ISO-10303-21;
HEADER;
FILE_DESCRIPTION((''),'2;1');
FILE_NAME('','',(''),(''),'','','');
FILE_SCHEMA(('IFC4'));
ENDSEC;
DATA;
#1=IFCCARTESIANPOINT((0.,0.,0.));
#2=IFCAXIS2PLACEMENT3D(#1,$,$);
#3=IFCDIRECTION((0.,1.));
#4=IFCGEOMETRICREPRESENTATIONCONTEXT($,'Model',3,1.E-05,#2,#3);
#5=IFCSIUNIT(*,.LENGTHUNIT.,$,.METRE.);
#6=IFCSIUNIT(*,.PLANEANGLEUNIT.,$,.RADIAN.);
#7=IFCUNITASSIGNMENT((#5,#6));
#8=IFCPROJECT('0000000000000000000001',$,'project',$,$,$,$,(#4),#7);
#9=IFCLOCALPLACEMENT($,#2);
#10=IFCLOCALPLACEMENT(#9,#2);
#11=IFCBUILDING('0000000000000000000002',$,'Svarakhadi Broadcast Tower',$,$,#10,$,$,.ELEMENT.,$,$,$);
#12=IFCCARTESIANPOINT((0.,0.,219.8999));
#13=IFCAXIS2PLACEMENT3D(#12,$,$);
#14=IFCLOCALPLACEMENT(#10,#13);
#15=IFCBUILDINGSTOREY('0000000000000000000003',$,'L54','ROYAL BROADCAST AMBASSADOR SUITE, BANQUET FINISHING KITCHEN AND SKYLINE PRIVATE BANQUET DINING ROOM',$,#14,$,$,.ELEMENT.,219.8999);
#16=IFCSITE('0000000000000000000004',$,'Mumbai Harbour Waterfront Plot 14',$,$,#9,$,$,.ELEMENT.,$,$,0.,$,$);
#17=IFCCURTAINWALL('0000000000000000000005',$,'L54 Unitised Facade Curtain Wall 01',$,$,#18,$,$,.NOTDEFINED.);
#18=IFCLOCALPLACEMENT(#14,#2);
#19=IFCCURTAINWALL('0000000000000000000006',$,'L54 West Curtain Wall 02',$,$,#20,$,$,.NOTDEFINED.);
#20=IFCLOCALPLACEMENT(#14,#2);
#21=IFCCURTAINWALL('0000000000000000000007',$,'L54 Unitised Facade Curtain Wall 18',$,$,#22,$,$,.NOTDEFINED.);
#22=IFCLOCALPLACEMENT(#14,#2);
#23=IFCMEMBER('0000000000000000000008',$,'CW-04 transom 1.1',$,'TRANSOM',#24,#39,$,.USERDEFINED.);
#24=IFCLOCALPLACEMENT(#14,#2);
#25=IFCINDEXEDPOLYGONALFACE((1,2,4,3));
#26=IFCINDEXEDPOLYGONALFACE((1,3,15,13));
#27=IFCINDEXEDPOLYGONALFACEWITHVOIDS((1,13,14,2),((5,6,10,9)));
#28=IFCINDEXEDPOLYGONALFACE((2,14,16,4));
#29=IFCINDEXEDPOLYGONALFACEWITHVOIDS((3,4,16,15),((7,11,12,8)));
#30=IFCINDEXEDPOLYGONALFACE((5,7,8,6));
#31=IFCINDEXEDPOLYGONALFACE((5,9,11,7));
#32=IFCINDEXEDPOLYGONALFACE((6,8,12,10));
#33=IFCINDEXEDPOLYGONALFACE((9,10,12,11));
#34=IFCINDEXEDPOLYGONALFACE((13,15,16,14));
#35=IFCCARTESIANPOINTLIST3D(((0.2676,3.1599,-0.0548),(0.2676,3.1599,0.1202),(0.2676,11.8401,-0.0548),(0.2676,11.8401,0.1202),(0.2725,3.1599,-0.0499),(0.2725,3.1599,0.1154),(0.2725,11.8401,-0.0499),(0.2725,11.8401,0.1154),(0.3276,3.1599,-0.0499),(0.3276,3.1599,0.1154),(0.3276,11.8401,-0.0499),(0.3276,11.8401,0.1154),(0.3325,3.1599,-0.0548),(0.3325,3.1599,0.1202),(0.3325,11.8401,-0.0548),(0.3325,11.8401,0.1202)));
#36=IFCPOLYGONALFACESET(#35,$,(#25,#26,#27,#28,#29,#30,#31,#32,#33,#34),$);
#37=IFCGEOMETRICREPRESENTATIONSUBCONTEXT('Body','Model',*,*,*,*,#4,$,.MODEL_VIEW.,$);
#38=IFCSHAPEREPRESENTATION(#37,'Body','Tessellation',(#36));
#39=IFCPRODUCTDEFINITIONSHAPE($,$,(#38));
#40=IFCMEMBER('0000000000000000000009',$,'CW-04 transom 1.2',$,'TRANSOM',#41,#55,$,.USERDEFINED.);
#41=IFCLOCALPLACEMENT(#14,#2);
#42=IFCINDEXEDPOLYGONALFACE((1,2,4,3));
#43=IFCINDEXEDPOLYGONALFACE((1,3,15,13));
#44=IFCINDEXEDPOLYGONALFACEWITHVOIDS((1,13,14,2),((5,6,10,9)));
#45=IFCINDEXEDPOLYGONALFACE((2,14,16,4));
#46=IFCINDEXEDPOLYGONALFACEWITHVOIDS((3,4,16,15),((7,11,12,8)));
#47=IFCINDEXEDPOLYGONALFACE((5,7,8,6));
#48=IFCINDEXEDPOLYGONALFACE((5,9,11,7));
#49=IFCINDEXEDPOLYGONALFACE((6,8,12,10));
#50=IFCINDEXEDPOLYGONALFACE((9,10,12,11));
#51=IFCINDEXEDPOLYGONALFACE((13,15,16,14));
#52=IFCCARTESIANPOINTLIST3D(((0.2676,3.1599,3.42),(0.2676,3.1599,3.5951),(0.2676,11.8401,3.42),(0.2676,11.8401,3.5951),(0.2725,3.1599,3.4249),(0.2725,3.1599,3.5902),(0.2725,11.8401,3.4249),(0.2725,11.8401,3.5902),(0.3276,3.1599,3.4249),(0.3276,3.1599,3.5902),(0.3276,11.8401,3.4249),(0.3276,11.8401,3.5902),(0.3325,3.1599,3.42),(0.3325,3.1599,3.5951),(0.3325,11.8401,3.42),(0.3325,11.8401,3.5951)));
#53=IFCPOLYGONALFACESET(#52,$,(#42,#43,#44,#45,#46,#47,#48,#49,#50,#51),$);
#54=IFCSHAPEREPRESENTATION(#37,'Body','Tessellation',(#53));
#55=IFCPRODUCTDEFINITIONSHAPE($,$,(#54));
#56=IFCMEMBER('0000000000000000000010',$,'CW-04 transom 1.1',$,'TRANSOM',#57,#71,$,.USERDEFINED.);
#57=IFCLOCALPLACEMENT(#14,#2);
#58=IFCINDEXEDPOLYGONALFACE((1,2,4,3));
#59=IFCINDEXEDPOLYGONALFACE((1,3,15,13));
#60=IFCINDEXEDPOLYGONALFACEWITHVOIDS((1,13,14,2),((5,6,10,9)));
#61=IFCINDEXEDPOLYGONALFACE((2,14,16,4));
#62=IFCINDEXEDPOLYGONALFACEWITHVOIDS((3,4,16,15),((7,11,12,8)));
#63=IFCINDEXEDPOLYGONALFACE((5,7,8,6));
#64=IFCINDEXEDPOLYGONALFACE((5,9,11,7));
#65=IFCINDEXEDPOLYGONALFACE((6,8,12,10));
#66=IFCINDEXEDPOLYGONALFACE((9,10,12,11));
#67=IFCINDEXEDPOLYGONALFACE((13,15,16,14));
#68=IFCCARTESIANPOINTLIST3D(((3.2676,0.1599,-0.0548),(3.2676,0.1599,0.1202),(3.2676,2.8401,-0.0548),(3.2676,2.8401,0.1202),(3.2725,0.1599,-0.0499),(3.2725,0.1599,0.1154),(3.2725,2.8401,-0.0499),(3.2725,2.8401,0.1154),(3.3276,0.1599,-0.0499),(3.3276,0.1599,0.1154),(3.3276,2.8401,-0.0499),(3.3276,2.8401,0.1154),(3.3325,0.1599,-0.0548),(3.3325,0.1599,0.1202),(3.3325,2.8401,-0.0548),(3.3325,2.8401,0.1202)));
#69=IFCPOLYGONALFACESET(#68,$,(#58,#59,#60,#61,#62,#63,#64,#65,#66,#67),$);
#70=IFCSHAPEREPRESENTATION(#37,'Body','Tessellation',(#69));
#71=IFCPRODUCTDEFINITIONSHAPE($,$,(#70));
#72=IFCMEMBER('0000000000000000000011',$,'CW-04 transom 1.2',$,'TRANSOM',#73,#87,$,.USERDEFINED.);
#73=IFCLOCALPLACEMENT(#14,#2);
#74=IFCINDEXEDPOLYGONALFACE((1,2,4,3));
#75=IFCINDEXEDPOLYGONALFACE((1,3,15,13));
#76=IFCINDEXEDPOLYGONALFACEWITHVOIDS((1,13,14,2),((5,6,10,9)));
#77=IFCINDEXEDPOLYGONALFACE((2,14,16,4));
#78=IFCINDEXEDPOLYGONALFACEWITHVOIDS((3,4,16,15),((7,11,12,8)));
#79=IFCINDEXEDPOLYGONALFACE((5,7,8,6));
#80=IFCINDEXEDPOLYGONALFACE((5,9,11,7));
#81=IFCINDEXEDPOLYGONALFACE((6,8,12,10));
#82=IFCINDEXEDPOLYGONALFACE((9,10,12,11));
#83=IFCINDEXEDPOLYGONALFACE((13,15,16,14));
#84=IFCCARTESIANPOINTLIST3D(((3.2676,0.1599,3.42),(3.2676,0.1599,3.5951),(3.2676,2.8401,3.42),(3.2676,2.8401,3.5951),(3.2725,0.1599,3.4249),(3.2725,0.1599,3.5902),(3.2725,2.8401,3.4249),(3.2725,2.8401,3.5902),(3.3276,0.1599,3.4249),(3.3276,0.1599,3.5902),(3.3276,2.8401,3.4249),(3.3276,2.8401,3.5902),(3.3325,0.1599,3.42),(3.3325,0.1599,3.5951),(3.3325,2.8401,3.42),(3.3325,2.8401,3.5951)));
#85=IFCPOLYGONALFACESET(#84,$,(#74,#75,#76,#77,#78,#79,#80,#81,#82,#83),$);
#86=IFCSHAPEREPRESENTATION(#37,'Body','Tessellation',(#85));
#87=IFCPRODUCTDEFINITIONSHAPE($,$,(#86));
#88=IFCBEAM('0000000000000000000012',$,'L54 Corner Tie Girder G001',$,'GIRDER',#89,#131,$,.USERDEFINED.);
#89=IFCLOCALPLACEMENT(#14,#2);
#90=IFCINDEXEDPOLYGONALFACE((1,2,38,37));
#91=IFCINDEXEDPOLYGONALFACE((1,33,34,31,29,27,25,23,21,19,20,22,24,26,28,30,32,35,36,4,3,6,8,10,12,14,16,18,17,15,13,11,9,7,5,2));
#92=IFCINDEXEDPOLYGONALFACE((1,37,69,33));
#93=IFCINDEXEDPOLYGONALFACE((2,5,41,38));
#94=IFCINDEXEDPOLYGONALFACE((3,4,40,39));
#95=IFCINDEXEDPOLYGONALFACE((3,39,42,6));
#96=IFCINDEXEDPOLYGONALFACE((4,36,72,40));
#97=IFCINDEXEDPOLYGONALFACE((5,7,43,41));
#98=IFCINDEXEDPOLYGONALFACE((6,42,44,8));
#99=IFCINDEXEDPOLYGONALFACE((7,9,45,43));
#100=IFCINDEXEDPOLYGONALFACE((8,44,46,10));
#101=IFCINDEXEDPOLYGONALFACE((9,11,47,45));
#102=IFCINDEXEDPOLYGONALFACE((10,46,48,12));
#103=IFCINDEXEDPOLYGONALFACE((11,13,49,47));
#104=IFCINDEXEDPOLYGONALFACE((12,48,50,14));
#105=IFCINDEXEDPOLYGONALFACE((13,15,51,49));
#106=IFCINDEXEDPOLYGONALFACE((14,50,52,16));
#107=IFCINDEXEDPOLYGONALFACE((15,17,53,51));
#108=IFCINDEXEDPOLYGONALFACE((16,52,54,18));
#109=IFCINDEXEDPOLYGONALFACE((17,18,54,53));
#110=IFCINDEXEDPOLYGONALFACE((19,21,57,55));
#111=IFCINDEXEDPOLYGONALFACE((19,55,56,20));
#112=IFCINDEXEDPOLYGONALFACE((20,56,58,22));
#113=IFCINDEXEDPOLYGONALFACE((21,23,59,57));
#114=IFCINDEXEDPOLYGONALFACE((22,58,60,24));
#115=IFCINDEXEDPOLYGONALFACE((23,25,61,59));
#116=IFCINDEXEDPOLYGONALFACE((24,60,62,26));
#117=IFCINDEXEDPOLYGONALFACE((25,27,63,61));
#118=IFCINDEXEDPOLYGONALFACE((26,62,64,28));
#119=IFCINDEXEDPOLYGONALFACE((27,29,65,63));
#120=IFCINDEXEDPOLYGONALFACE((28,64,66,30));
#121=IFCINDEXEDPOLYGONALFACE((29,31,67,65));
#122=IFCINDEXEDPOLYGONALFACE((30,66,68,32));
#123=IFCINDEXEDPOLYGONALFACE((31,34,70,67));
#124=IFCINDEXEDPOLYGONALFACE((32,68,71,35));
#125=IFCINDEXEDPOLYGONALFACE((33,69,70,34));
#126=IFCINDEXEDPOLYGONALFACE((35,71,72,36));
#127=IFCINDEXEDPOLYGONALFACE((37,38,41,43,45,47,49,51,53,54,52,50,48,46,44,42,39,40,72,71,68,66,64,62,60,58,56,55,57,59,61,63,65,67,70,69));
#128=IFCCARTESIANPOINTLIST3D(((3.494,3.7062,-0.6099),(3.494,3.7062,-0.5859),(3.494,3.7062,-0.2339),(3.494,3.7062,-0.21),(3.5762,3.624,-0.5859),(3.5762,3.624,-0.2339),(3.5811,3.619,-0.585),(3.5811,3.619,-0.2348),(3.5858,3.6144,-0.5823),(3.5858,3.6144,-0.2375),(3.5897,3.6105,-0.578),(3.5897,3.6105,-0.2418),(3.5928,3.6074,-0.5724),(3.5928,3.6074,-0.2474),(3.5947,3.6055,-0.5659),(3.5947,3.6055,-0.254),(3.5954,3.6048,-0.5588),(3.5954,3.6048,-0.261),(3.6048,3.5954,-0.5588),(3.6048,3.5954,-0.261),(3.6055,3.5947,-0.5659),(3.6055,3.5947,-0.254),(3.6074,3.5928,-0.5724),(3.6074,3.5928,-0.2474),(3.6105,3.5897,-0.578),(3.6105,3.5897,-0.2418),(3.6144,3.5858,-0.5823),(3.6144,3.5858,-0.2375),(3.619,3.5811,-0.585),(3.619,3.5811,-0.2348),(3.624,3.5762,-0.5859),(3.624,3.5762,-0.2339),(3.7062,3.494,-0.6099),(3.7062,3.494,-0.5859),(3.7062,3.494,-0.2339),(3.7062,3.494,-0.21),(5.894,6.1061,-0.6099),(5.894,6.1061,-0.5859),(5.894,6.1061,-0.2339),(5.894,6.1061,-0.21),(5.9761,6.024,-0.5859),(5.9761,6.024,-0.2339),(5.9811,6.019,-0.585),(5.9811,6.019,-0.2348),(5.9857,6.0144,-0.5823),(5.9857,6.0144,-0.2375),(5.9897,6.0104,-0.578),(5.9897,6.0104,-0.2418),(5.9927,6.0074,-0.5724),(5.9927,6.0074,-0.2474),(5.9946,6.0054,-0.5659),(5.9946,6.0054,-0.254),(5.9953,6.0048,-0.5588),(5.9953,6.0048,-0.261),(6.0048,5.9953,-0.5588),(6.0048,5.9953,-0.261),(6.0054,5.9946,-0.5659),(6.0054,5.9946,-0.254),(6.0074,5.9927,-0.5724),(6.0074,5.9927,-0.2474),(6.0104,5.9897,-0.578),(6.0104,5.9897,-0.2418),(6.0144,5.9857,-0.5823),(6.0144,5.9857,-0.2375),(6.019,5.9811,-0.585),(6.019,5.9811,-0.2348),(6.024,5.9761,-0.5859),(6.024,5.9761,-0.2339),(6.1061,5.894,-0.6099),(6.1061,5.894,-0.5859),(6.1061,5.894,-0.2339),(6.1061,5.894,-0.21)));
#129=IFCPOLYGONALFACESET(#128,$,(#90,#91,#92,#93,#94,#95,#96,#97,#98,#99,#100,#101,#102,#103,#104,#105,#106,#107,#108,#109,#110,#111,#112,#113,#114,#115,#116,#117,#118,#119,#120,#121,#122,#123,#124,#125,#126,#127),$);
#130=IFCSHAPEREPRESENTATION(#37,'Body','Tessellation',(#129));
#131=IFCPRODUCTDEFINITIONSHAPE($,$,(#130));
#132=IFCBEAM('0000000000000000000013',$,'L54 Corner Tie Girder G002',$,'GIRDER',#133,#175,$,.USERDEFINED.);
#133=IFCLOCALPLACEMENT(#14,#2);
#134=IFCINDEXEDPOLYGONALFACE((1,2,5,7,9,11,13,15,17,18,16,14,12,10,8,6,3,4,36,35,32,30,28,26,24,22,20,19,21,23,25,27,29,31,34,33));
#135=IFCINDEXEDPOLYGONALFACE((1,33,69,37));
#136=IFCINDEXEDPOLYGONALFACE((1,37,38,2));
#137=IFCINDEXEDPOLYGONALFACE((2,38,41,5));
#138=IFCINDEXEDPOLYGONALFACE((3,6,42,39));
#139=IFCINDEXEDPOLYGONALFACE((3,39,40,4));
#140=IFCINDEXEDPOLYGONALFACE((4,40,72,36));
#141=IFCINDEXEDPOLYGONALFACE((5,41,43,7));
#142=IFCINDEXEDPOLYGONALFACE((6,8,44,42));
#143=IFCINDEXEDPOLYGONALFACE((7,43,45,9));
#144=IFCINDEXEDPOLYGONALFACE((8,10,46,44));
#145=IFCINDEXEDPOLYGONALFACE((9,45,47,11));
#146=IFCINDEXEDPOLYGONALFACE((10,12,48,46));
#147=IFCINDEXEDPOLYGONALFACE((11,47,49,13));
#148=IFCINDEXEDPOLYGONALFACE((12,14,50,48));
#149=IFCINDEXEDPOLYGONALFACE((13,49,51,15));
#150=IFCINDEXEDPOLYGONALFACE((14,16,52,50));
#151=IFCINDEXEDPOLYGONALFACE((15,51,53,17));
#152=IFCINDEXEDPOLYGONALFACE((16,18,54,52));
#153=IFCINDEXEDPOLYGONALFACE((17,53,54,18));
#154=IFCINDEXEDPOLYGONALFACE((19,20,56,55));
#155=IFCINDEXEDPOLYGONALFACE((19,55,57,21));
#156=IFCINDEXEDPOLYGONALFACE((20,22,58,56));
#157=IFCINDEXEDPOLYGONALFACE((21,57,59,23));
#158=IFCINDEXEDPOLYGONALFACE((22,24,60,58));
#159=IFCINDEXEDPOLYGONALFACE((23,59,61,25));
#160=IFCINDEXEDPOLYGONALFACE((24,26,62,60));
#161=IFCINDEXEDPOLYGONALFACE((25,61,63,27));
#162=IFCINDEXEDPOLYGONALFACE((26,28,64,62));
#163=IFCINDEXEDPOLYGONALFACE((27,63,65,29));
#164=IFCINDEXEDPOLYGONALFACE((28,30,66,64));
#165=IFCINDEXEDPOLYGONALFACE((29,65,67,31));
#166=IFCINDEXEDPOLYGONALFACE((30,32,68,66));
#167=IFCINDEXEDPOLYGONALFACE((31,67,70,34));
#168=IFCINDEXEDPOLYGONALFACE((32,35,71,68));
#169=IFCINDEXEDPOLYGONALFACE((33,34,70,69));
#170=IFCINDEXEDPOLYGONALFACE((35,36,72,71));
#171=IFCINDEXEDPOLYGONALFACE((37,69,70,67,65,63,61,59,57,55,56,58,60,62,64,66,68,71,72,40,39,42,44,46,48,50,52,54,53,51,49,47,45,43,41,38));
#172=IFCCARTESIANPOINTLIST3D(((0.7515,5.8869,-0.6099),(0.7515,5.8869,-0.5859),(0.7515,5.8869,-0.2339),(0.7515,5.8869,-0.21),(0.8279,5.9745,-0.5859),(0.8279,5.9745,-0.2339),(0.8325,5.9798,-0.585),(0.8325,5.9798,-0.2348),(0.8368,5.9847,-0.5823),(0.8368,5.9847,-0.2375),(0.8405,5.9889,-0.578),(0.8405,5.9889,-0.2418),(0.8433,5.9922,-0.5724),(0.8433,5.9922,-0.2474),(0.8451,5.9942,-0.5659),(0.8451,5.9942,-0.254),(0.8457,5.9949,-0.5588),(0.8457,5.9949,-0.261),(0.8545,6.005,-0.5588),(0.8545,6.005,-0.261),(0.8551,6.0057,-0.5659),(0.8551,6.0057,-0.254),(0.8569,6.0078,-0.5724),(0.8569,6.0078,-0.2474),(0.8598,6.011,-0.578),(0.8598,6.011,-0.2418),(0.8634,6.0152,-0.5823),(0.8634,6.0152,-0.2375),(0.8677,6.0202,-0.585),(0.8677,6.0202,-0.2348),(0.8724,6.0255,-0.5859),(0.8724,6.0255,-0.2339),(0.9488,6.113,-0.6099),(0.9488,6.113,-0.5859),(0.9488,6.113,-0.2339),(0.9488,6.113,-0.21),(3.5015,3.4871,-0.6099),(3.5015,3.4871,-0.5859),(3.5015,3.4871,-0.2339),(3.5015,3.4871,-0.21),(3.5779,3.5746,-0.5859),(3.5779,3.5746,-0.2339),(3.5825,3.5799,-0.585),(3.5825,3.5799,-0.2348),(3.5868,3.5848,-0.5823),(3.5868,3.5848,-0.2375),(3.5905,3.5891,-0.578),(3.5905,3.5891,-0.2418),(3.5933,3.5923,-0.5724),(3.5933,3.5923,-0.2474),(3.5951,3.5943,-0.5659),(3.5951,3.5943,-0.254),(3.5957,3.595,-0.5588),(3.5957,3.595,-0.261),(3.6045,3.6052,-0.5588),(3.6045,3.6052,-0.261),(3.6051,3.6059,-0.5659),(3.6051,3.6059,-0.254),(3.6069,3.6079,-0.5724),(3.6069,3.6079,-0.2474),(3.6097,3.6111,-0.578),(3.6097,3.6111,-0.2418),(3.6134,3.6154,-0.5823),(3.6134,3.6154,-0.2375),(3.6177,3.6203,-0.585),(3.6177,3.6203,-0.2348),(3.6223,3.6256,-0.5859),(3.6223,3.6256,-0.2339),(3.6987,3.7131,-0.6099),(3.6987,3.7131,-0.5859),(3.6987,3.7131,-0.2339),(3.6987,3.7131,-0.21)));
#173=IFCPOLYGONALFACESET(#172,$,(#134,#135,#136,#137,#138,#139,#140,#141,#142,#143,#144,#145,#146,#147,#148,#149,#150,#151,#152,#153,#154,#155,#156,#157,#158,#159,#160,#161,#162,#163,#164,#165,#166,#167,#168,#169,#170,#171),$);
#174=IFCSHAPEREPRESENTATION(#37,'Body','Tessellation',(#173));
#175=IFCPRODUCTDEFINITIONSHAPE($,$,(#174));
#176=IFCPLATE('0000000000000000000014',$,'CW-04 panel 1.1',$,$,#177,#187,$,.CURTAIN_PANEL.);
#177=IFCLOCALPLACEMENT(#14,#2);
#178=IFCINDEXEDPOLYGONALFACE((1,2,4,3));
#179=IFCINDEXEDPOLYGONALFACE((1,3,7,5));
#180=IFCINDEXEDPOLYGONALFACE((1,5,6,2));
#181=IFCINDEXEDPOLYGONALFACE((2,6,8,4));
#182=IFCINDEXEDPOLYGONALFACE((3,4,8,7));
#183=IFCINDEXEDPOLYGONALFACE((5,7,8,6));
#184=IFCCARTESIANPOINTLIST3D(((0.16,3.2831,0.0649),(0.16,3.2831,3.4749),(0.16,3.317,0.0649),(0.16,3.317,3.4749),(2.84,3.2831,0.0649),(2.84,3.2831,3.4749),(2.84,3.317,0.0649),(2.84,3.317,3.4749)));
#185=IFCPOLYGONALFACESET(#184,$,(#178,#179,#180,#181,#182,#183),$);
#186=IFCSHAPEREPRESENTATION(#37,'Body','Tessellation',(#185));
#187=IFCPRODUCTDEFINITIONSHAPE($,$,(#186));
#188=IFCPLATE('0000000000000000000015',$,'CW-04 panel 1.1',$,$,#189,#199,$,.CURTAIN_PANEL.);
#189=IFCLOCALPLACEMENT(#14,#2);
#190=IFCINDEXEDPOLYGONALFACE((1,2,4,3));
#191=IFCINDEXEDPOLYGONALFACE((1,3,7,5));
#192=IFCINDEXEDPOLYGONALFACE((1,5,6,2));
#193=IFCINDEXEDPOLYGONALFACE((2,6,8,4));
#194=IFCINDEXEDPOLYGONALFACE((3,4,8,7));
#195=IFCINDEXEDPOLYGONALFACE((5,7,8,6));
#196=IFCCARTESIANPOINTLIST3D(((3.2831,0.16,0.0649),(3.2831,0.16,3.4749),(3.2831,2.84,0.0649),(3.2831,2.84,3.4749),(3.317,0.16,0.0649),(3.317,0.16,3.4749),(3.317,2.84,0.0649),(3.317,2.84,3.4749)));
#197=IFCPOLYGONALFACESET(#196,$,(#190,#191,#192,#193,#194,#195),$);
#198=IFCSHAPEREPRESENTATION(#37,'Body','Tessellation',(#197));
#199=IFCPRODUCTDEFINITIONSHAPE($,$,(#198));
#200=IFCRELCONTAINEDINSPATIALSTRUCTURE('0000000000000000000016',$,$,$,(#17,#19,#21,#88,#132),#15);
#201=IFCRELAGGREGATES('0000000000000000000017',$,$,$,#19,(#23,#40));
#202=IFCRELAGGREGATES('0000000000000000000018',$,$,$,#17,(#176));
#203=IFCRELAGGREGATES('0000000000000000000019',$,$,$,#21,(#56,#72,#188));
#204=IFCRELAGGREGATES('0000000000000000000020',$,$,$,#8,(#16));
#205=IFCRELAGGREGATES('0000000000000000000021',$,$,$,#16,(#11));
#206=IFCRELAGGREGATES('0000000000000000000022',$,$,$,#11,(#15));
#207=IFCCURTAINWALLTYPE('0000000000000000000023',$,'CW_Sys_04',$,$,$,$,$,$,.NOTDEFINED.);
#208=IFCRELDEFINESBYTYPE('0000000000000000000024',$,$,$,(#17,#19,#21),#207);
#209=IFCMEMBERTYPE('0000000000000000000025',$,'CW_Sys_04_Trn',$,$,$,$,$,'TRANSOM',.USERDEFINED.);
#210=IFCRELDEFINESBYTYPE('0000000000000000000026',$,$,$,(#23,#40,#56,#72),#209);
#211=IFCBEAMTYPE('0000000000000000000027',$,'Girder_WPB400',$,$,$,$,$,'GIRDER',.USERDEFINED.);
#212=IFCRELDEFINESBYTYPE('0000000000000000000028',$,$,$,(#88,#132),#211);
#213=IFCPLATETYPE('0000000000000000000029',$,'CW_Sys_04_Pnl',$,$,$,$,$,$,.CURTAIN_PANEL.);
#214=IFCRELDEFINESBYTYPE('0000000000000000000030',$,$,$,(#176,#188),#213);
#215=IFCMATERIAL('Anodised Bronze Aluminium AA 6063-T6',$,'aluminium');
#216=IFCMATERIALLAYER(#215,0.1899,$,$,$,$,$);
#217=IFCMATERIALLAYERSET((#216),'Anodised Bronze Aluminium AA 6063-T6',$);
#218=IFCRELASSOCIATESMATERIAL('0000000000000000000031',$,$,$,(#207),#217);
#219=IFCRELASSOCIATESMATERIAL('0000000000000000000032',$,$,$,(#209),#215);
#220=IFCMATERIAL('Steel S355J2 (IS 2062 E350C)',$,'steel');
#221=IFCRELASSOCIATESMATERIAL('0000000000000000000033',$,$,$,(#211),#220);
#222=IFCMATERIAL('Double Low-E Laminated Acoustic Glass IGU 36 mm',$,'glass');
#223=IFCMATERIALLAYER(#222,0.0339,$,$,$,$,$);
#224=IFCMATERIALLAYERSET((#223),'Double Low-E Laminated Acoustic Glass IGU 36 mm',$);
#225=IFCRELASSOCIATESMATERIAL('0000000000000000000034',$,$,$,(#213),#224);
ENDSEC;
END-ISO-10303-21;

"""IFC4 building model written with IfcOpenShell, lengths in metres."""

from ifc_helpers import new_model, si_unit, direction, frame, origin, origin_2d, place, context, subcontext, project, spatial, rectangle, hollow_rectangle, i_section, extrude, material, layer, layer_set, material_profile, profile_set, type_object, element, aggregate, save


model = new_model("IFC4")

# Units and contexts
model_context = context("Model", 3, precision=1e-05, world=origin(), true_north=direction((0.0, 1.0)))
body_context = subcontext(model_context, "Body", "Model", "MODEL_VIEW")
ifc_project = project(units=[si_unit("LENGTHUNIT", "METRE"), si_unit("PLANEANGLEUNIT", "RADIAN")], contexts=[model_context])

# Site, building, storey
site_placement = place(None, origin())
site = spatial("IfcSite", under=ifc_project, at=site_placement, Name="Mumbai Harbour Waterfront Plot 14", CompositionType="ELEMENT", RefElevation=0.0)
building_placement = place(site_placement, origin())
building = spatial("IfcBuilding", under=site, at=building_placement, Name="Svarakhadi Broadcast Tower", CompositionType="ELEMENT")
storey_placement = place(building_placement, frame((0.0, 0.0, 219.8999)))
storey = spatial("IfcBuildingStorey", under=building, at=storey_placement, Name="L54", Description="ROYAL BROADCAST AMBASSADOR SUITE, BANQUET FINISHING KITCHEN AND SKYLINE PRIVATE BANQUET DINING ROOM", CompositionType="ELEMENT", Elevation=219.8999)

# Curtain wall
ifc_material_1 = material(Name="Anodised Bronze Aluminium AA 6063-T6", Category="aluminium")
ifc_layer_1 = layer(ifc_material_1, 0.1899)
ifc_layer_set_1 = layer_set([ifc_layer_1], Name="Anodised Bronze Aluminium AA 6063-T6")
curtain_wall_type = type_object("IfcCurtainWallType", Name="CW_Sys_04", PredefinedType="NOTDEFINED", material=ifc_layer_set_1)
curtain_wall_1_placement = place(storey_placement, origin())
curtain_wall_1 = element("IfcCurtainWall", 1, at=curtain_wall_1_placement, inside=storey, type_object=curtain_wall_type, Name="L54 Unitised Facade Curtain Wall 01", PredefinedType="NOTDEFINED")

# Curtain wall
curtain_wall_2_placement = place(storey_placement, origin())
curtain_wall_2 = element("IfcCurtainWall", 2, at=curtain_wall_2_placement, inside=storey, type_object=curtain_wall_type, Name="L54 West Curtain Wall 02", PredefinedType="NOTDEFINED")

# Curtain wall
curtain_wall_3_placement = place(storey_placement, origin())
curtain_wall_3 = element("IfcCurtainWall", 3, at=curtain_wall_3_placement, inside=storey, type_object=curtain_wall_type, Name="L54 Unitised Facade Curtain Wall 18", PredefinedType="NOTDEFINED")

# Members
ifc_material_profile_1 = material_profile(ifc_material_1, hollow_rectangle(XDim=0.0649, YDim=0.175, WallThickness=0.0049, at=origin_2d()), Name="ALU TRANSOM 175x65x5")
ifc_profile_set_1 = profile_set([ifc_material_profile_1], Name="Anodised Bronze Aluminium AA 6063-T6")
member_type_1 = type_object("IfcMemberType", Name="CW_Sys_04_Trn", ElementType="TRANSOM", PredefinedType="USERDEFINED", material=ifc_profile_set_1)
member_1_placement = place(storey_placement, frame((0.3, 3.1599, 0.0327), z_axis=(0.0, 1.0, 0.0), x_axis=(-1.0, 0.0, 0.0)))
member_1 = element("IfcMember", 4, at=member_1_placement, type_object=member_type_1, Name="CW-04 transom 1.1", ObjectType="TRANSOM", PredefinedType="USERDEFINED", context=body_context, shape_type="SweptSolid", body=[
    extrude(hollow_rectangle(XDim=0.0649, YDim=0.175, WallThickness=0.0049, at=origin_2d()), origin(), (0.0, 0.0, 1.0), 8.6802),
])
member_2_placement = place(storey_placement, frame((0.3, 3.1599, 3.5076), z_axis=(0.0, 1.0, 0.0), x_axis=(-1.0, 0.0, 0.0)))
member_2 = element("IfcMember", 5, at=member_2_placement, type_object=member_type_1, Name="CW-04 transom 1.2", ObjectType="TRANSOM", PredefinedType="USERDEFINED", context=body_context, shape_type="SweptSolid", body=[
    extrude(hollow_rectangle(XDim=0.0649, YDim=0.175, WallThickness=0.0049, at=origin_2d()), origin(), (0.0, 0.0, 1.0), 8.6802),
])
aggregate(curtain_wall_2, [member_1, member_2])
member_3_placement = place(storey_placement, frame((3.3, 0.1599, 0.0327), z_axis=(0.0, 1.0, 0.0), x_axis=(-1.0, 0.0, 0.0)))
member_3 = element("IfcMember", 6, at=member_3_placement, type_object=member_type_1, Name="CW-04 transom 1.1", ObjectType="TRANSOM", PredefinedType="USERDEFINED", context=body_context, shape_type="SweptSolid", body=[
    extrude(hollow_rectangle(XDim=0.0649, YDim=0.175, WallThickness=0.0049, at=origin_2d()), origin(), (0.0, 0.0, 1.0), 2.6802),
])
member_4_placement = place(storey_placement, frame((3.3, 0.1599, 3.5076), z_axis=(0.0, 1.0, 0.0), x_axis=(-1.0, 0.0, 0.0)))
member_4 = element("IfcMember", 7, at=member_4_placement, type_object=member_type_1, Name="CW-04 transom 1.2", ObjectType="TRANSOM", PredefinedType="USERDEFINED", context=body_context, shape_type="SweptSolid", body=[
    extrude(hollow_rectangle(XDim=0.0649, YDim=0.175, WallThickness=0.0049, at=origin_2d()), origin(), (0.0, 0.0, 1.0), 2.6802),
])

# Beams
ifc_material_2 = material(Name="Steel S355J2 (IS 2062 E350C)", Category="steel")
ifc_material_profile_2 = material_profile(ifc_material_2, i_section(OverallWidth=0.3, OverallDepth=0.3999, WebThickness=0.0134, FlangeThickness=0.0239, FilletRadius=0.0271, at=origin_2d()), Name="WPB 400x300x155")
ifc_profile_set_2 = profile_set([ifc_material_profile_2], Name="Steel S355J2 (IS 2062 E350C)")
beam_type = type_object("IfcBeamType", Name="Girder_WPB400", ElementType="GIRDER", PredefinedType="USERDEFINED", material=ifc_profile_set_2)
beam_1_placement = place(storey_placement, frame((3.6001, 3.6001, -0.4099), z_axis=(0.707107, 0.707107, 0.0), x_axis=(-0.707107, 0.707107, 0.0)))
element("IfcBeam", 8, at=beam_1_placement, inside=storey, type_object=beam_type, Name="L54 Corner Tie Girder G001", ObjectType="GIRDER", PredefinedType="USERDEFINED", context=body_context, shape_type="SweptSolid", body=[
    extrude(i_section(OverallWidth=0.3, OverallDepth=0.3999, WebThickness=0.0134, FlangeThickness=0.0239, FilletRadius=0.0271, at=origin_2d()), origin(), (0.0, 0.0, 1.0), 3.394),
])
beam_2_placement = place(storey_placement, frame((3.6001, 3.6001, -0.4099), z_axis=(-0.753438, 0.657519, 0.0), x_axis=(-0.657519, -0.753438, 0.0)))
element("IfcBeam", 9, at=beam_2_placement, inside=storey, type_object=beam_type, Name="L54 Corner Tie Girder G002", ObjectType="GIRDER", PredefinedType="USERDEFINED", context=body_context, shape_type="SweptSolid", body=[
    extrude(i_section(OverallWidth=0.3, OverallDepth=0.3999, WebThickness=0.0134, FlangeThickness=0.0239, FilletRadius=0.0271, at=origin_2d()), origin(), (0.0, 0.0, 1.0), 3.6499),
])

# Plates
ifc_material_3 = material(Name="Double Low-E Laminated Acoustic Glass IGU 36 mm", Category="glass")
ifc_layer_2 = layer(ifc_material_3, 0.0339)
ifc_layer_set_2 = layer_set([ifc_layer_2], Name="Double Low-E Laminated Acoustic Glass IGU 36 mm")
plate_type = type_object("IfcPlateType", Name="CW_Sys_04_Pnl", PredefinedType="CURTAIN_PANEL", material=ifc_layer_set_2)
plate_1_placement = place(storey_placement, frame((1.5, 3.3, 0.0649), z_axis=(0.0, 0.0, 1.0), x_axis=(-1.0, 0.0, 0.0)))
plate_1 = element("IfcPlate", 10, at=plate_1_placement, type_object=plate_type, Name="CW-04 panel 1.1", PredefinedType="CURTAIN_PANEL", context=body_context, shape_type="SweptSolid", body=[
    extrude(rectangle(XDim=2.6799, YDim=0.0339, at=origin_2d()), origin(), (0.0, 0.0, 1.0), 3.4099),
])
aggregate(curtain_wall_1, [plate_1])
plate_2_placement = place(storey_placement, frame((3.3, 1.5, 0.0649), z_axis=(0.0, 0.0, 1.0), x_axis=(0.0, 1.0, 0.0)))
plate_2 = element("IfcPlate", 11, at=plate_2_placement, type_object=plate_type, Name="CW-04 panel 1.1", PredefinedType="CURTAIN_PANEL", context=body_context, shape_type="SweptSolid", body=[
    extrude(rectangle(XDim=2.6799, YDim=0.0339, at=origin_2d()), origin(), (0.0, 0.0, 1.0), 3.4099),
])
aggregate(curtain_wall_3, [member_3, member_4, plate_2])

save(model, "model.ifc")
